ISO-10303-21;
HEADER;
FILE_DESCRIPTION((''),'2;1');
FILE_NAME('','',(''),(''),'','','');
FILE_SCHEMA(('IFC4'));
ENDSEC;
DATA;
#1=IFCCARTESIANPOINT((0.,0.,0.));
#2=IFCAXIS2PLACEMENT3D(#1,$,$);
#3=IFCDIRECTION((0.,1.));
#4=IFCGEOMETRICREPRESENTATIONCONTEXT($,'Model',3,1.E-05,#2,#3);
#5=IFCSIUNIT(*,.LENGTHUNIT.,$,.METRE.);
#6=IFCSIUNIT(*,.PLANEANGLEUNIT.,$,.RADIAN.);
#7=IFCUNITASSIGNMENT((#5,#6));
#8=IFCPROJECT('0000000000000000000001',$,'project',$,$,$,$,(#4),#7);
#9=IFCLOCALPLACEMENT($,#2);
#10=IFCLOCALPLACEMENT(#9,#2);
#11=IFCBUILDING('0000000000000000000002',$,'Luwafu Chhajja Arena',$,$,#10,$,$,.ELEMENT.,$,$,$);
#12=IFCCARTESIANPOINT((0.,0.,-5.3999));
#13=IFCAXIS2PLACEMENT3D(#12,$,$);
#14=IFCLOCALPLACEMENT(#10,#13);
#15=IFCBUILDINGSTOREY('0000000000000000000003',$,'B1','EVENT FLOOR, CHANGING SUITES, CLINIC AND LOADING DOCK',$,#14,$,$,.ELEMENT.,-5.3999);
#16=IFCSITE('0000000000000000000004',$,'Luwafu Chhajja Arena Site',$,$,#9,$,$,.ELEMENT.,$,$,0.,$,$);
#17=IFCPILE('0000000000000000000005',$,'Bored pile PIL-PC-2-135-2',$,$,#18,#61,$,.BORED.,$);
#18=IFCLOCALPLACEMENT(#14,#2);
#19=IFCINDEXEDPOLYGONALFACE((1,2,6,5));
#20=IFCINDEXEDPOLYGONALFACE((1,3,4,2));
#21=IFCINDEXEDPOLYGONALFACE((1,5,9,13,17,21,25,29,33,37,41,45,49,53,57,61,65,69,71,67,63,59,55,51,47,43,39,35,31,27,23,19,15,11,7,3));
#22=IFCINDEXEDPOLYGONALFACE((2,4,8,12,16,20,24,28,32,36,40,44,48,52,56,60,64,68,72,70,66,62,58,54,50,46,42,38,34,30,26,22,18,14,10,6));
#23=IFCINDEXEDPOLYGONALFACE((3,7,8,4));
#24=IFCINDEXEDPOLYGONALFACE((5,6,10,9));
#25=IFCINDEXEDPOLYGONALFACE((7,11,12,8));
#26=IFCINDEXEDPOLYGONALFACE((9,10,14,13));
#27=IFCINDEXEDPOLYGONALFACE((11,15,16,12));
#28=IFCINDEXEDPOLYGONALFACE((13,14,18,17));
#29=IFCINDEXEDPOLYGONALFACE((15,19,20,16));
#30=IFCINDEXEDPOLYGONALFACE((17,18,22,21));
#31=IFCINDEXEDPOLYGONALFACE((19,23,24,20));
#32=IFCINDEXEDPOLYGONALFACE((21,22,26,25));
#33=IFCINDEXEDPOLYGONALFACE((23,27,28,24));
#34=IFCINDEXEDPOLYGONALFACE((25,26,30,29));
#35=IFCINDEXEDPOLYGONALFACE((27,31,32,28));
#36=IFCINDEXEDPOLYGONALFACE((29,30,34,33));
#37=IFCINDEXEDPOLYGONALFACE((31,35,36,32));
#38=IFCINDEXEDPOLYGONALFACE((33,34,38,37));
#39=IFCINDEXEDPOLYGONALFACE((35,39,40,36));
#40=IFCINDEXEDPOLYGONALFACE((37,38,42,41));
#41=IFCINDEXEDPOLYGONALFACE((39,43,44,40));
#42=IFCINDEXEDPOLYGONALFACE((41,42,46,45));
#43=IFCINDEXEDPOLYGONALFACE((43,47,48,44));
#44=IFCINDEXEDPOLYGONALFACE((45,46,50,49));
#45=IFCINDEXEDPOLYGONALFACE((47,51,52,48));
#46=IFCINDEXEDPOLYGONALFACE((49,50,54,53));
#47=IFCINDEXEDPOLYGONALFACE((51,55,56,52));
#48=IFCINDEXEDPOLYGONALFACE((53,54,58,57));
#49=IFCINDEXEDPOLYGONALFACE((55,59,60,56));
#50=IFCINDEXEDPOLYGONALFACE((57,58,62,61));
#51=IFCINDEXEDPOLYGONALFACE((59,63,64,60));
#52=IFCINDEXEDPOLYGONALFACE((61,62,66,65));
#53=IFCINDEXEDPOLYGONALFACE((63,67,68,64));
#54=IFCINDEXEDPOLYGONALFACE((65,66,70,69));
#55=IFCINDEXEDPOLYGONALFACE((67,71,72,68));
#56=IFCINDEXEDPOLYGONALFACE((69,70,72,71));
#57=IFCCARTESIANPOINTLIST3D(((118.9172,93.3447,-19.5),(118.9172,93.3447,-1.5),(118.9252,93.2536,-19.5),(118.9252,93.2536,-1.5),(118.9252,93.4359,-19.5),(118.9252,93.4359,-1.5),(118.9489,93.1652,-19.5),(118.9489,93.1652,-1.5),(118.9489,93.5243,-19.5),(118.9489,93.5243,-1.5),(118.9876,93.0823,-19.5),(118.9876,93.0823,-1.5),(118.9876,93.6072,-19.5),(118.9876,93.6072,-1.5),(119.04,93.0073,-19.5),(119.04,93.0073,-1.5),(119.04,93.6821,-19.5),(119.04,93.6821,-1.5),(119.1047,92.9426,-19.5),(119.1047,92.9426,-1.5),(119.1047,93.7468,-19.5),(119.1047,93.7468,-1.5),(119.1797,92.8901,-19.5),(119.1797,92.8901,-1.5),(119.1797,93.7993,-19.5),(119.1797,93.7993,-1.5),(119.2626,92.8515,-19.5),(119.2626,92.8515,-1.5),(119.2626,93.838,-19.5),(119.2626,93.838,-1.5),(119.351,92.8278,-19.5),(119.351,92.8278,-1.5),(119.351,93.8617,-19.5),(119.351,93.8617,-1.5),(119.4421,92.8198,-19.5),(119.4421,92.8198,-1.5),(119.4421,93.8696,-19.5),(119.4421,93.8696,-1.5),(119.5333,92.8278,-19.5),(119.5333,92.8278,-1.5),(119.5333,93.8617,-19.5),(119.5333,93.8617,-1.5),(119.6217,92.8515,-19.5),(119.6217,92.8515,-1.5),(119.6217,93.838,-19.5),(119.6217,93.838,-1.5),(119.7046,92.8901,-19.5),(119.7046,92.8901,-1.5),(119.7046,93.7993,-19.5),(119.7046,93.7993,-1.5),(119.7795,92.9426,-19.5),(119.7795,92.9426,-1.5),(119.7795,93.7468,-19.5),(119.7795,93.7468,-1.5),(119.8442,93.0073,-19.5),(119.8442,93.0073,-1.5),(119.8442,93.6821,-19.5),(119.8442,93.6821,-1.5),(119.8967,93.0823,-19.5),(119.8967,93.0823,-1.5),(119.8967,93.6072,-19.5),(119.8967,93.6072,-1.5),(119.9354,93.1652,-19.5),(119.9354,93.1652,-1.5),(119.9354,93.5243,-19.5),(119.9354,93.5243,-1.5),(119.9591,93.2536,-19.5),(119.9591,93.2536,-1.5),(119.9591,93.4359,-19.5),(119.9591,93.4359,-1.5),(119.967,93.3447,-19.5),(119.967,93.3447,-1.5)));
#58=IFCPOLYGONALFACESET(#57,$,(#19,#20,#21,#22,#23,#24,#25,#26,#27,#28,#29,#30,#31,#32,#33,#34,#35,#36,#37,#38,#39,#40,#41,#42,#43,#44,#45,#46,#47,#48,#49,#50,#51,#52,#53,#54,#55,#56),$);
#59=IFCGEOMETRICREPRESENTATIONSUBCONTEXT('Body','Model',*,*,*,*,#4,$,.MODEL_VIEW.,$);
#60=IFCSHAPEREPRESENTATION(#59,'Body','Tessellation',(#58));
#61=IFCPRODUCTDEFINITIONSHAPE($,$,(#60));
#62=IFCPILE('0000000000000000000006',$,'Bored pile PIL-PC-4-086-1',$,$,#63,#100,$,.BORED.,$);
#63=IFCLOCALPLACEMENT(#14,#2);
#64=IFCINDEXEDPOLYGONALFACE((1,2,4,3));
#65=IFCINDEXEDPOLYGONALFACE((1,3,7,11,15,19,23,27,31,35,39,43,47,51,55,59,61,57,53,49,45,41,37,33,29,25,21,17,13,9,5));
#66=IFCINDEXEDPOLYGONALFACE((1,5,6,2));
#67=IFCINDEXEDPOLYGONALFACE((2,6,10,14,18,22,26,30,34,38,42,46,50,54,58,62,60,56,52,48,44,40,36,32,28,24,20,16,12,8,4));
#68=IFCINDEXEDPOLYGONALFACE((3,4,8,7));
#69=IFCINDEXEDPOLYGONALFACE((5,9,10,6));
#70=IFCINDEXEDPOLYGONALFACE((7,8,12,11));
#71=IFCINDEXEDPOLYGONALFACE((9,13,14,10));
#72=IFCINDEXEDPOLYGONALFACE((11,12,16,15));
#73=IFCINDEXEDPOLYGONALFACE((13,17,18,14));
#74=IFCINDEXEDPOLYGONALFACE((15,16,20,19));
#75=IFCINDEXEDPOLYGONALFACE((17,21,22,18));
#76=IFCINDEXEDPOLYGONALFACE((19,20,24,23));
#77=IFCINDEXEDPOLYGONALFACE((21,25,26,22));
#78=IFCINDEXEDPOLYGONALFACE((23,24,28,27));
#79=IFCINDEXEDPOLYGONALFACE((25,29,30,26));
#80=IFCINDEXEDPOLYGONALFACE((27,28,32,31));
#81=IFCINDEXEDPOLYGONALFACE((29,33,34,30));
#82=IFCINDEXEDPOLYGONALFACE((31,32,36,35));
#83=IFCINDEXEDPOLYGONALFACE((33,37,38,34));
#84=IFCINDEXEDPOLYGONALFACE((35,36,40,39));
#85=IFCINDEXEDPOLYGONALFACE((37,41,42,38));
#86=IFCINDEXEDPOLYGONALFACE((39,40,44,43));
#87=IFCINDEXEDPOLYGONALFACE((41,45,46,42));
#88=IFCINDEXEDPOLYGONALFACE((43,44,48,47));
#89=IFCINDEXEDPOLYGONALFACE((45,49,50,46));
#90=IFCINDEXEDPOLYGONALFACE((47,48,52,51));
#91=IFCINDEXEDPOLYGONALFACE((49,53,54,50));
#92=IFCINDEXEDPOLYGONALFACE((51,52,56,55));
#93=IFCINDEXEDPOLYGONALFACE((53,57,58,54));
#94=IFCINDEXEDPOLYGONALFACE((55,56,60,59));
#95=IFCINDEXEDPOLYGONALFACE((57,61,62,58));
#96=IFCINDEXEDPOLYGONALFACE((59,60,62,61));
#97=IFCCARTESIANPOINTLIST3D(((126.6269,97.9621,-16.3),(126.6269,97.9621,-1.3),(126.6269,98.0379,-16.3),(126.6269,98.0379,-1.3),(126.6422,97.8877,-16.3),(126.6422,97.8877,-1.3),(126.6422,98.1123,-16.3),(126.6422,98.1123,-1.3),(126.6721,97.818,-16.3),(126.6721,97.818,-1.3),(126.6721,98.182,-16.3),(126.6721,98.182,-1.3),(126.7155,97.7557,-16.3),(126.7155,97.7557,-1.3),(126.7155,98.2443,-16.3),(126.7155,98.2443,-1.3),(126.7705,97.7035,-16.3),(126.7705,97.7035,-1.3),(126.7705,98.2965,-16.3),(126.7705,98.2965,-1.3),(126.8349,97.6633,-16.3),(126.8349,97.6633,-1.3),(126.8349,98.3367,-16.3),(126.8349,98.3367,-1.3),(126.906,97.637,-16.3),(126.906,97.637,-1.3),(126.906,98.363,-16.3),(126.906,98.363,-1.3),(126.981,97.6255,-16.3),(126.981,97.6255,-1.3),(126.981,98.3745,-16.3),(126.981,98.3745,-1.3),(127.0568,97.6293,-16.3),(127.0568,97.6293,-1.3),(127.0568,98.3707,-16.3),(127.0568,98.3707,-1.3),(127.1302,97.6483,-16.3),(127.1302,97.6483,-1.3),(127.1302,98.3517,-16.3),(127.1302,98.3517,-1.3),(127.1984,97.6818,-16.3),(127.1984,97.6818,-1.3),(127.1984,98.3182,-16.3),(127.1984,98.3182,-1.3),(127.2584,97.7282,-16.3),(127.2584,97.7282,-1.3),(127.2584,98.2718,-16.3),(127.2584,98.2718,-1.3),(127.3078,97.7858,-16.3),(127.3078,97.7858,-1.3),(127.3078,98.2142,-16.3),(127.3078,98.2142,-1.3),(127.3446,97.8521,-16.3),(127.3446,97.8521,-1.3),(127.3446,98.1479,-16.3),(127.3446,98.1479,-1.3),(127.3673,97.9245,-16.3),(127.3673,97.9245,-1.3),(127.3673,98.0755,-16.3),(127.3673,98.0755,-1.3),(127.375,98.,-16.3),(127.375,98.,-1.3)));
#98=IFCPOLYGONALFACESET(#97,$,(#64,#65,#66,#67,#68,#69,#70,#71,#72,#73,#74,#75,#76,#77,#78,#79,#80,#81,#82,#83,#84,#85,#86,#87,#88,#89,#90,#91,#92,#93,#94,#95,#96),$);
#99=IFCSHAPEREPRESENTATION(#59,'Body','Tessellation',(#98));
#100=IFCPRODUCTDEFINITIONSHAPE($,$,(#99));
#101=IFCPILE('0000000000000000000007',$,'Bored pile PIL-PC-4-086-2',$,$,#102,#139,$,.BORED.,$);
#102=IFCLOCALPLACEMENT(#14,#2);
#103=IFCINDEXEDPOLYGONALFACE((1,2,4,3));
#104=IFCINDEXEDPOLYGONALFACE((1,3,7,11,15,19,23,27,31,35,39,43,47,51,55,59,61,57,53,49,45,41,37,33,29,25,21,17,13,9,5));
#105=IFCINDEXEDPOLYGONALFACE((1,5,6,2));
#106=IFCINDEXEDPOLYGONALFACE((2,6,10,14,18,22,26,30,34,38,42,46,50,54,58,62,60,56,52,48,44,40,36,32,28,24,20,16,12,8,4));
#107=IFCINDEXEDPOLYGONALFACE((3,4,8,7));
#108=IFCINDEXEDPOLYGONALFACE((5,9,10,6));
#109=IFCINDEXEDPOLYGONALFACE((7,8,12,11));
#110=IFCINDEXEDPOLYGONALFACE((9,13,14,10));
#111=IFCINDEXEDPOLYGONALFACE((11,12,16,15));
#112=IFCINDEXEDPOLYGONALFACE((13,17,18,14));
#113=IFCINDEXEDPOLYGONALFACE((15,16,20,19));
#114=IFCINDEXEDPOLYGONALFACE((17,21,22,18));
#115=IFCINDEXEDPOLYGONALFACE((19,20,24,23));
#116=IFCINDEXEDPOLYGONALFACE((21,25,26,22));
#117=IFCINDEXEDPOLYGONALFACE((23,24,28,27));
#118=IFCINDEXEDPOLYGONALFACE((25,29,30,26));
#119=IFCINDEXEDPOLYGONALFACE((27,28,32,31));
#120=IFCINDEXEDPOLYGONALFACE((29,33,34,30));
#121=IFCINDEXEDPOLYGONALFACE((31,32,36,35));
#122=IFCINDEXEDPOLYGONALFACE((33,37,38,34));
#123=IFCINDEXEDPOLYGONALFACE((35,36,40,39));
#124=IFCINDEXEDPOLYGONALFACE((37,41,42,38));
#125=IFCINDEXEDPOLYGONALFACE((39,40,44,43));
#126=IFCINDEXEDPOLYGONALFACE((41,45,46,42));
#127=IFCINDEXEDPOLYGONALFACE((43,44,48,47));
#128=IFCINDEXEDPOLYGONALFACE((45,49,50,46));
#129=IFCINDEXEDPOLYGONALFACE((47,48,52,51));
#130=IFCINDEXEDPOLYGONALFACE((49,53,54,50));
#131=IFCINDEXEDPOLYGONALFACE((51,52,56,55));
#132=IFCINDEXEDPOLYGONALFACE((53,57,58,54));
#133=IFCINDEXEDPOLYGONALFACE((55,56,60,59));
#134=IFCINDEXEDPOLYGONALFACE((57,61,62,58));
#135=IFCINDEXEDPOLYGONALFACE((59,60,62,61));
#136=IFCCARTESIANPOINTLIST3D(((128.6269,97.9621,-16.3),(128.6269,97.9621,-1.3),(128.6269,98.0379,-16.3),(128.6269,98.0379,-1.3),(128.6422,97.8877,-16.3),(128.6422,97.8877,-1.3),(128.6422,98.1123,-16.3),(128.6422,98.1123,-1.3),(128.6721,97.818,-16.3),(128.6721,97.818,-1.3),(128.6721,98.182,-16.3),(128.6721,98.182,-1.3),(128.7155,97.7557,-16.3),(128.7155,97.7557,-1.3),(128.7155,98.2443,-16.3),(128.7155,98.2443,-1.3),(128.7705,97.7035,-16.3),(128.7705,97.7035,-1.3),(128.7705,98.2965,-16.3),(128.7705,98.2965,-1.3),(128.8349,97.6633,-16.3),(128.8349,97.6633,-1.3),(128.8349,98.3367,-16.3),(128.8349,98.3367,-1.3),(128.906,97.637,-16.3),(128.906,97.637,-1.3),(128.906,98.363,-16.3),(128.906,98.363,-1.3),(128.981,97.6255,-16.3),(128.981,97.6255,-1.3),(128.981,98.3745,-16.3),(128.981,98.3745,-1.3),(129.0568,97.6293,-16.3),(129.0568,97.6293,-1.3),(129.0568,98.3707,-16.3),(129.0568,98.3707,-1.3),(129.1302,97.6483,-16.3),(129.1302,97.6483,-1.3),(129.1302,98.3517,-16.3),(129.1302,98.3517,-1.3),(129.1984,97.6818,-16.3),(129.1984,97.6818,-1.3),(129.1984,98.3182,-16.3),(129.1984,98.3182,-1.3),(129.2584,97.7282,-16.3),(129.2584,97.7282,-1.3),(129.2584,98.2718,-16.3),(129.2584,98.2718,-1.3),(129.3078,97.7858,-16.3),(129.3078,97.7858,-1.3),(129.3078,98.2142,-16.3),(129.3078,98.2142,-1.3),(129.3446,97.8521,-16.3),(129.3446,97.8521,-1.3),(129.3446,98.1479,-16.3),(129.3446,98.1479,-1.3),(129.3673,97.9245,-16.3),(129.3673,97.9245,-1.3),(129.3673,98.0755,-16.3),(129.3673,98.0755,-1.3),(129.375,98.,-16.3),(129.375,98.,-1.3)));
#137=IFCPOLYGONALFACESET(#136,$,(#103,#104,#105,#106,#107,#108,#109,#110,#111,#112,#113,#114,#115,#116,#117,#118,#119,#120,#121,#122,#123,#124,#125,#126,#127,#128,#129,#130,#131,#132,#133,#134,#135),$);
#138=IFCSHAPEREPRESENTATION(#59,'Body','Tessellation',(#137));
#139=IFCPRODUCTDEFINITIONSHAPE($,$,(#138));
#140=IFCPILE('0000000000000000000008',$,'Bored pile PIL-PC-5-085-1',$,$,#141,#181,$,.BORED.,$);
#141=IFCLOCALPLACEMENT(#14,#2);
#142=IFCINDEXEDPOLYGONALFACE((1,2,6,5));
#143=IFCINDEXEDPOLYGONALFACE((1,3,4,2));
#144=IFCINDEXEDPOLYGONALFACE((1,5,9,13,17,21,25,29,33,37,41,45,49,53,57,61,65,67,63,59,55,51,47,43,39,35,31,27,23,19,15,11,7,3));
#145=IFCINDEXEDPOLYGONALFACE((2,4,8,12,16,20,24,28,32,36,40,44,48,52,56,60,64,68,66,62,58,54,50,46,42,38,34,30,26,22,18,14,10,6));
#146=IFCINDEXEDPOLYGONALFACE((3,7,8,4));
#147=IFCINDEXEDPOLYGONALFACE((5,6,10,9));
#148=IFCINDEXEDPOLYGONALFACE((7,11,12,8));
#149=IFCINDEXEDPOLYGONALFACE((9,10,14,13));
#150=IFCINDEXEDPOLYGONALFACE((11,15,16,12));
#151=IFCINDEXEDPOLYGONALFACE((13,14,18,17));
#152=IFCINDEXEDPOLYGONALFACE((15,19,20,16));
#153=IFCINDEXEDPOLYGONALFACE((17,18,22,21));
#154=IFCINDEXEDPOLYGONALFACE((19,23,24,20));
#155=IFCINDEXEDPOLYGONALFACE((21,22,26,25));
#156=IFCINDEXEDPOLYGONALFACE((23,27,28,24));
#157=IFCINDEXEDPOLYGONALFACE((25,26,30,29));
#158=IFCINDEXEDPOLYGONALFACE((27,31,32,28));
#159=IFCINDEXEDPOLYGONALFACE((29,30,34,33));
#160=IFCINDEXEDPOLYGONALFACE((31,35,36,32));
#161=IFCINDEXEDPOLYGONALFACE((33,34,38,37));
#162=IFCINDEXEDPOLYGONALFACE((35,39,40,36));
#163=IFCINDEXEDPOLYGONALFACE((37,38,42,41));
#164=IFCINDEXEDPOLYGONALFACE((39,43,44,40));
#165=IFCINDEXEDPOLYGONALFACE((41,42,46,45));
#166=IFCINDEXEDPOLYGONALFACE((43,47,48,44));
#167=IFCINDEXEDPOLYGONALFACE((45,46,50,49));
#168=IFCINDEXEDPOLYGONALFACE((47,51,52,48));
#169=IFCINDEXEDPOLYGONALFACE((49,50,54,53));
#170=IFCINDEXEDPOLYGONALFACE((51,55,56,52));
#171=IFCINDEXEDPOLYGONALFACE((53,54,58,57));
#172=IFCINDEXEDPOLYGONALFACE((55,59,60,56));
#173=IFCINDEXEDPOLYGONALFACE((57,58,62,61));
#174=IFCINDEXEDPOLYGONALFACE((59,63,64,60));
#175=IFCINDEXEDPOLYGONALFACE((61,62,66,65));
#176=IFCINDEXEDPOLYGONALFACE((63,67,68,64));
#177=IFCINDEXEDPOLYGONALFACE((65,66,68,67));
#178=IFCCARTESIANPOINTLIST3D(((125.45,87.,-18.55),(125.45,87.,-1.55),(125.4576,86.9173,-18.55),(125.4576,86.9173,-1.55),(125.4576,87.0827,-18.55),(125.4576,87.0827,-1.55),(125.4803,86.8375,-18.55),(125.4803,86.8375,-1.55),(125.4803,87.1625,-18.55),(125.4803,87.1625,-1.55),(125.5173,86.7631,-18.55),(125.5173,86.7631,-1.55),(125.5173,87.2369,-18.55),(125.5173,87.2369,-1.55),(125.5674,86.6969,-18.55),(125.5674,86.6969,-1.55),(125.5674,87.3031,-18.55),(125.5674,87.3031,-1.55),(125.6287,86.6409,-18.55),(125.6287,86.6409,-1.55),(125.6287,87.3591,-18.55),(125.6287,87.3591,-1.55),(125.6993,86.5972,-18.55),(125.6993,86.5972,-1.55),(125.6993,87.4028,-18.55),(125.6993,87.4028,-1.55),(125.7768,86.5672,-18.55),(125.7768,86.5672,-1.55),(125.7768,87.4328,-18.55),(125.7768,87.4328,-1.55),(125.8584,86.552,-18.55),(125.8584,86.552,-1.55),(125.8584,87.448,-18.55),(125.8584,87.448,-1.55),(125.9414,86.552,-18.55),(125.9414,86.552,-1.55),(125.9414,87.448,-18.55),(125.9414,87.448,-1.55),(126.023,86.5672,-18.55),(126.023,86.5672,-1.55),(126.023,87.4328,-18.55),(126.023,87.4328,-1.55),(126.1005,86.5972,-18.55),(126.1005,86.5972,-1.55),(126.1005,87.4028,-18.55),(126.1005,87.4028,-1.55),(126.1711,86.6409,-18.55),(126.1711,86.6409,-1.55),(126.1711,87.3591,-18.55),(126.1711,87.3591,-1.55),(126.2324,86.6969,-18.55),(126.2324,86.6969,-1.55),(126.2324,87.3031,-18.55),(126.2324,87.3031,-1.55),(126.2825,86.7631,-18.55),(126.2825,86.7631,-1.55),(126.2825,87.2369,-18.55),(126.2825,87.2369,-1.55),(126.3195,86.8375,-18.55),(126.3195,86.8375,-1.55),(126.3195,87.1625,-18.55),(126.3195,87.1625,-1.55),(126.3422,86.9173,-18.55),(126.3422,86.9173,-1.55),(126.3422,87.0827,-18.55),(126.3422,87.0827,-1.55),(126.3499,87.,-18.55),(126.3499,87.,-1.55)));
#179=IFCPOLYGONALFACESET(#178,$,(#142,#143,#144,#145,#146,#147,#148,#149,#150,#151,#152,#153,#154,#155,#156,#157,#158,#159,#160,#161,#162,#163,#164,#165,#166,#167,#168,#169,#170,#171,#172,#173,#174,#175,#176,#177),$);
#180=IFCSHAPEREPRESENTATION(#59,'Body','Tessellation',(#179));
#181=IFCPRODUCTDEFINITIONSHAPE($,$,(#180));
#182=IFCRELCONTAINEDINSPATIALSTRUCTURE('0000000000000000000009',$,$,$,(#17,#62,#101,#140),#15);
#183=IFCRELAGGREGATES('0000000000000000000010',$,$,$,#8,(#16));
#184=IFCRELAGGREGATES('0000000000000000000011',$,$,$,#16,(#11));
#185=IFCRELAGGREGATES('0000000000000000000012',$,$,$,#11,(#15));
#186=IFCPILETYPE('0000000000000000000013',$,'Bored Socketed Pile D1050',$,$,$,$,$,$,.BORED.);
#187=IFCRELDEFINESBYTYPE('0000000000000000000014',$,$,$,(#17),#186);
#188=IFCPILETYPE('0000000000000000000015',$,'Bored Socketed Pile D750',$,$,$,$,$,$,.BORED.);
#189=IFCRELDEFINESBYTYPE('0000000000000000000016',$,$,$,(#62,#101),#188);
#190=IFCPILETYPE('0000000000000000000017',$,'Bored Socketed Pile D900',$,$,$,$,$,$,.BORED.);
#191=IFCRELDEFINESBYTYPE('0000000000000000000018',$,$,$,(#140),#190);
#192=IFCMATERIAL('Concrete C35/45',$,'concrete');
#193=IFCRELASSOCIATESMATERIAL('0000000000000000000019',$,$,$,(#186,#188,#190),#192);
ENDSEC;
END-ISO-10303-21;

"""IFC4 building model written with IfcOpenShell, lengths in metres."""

from ifc_helpers import new_model, si_unit, direction, frame, origin, origin_2d, place, context, subcontext, project, spatial, circle, extrude, material, material_profile, profile_set, type_object, element, save


model = new_model("IFC4")

# Units and contexts
model_context = context("Model", 3, precision=1e-05, world=origin(), true_north=direction((0.0, 1.0)))
body_context = subcontext(model_context, "Body", "Model", "MODEL_VIEW")
ifc_project = project(units=[si_unit("LENGTHUNIT", "METRE"), si_unit("PLANEANGLEUNIT", "RADIAN")], contexts=[model_context])

# Site, building, storey
site_placement = place(None, origin())
site = spatial("IfcSite", under=ifc_project, at=site_placement, Name="Luwafu Chhajja Arena Site", CompositionType="ELEMENT", RefElevation=0.0)
building_placement = place(site_placement, origin())
building = spatial("IfcBuilding", under=site, at=building_placement, Name="Luwafu Chhajja Arena", CompositionType="ELEMENT")
storey_placement = place(building_placement, frame((0.0, 0.0, -5.3999)))
storey = spatial("IfcBuildingStorey", under=building, at=storey_placement, Name="B1", Description="EVENT FLOOR, CHANGING SUITES, CLINIC AND LOADING DOCK", CompositionType="ELEMENT", Elevation=-5.3999)

# Piles
ifc_material_1 = material(Name="Concrete C35/45", Category="concrete")
ifc_material_profile_1 = material_profile(ifc_material_1, circle(Radius=0.5249, at=origin_2d()), Name="PILE D1050")
ifc_profile_set_1 = profile_set([ifc_material_profile_1], Name="Concrete C35/45")
pile_type_1 = type_object("IfcPileType", Name="Bored Socketed Pile D1050", PredefinedType="BORED", material=ifc_profile_set_1)
for number, where, z_axis, x_axis, name in (
    (1, (119.4421, 93.3447, -1.5), (0.0, 0.0, -1.0), (1.0, 0.0, 0.0), "Bored pile PIL-PC-2-135-2"),
):
    element("IfcPile", number, at=place(storey_placement, frame(where, z_axis=z_axis, x_axis=x_axis)), inside=storey, type_object=pile_type_1, Name=name, PredefinedType="BORED", context=body_context, shape_type="SweptSolid", body=[
        extrude(circle(Radius=0.5249, at=origin_2d()), origin(), (0.0, 0.0, 1.0), 18.0),
    ])
ifc_material_profile_2 = material_profile(ifc_material_1, circle(Radius=0.375, at=origin_2d()), Name="PILE D750")
ifc_profile_set_2 = profile_set([ifc_material_profile_2], Name="Concrete C35/45")
pile_type_2 = type_object("IfcPileType", Name="Bored Socketed Pile D750", PredefinedType="BORED", material=ifc_profile_set_2)
for number, where, z_axis, x_axis, name in (
    (2, (127.0, 98.0, -1.3), (0.0, 0.0, -1.0), (1.0, 0.0, 0.0), "Bored pile PIL-PC-4-086-1"),
    (3, (129.0, 98.0, -1.3), (0.0, 0.0, -1.0), (1.0, 0.0, 0.0), "Bored pile PIL-PC-4-086-2"),
):
    element("IfcPile", number, at=place(storey_placement, frame(where, z_axis=z_axis, x_axis=x_axis)), inside=storey, type_object=pile_type_2, Name=name, PredefinedType="BORED", context=body_context, shape_type="SweptSolid", body=[
        extrude(circle(Radius=0.375, at=origin_2d()), origin(), (0.0, 0.0, 1.0), 15.0),
    ])
ifc_material_profile_3 = material_profile(ifc_material_1, circle(Radius=0.45, at=origin_2d()), Name="PILE D900")
ifc_profile_set_3 = profile_set([ifc_material_profile_3], Name="Concrete C35/45")
pile_type_3 = type_object("IfcPileType", Name="Bored Socketed Pile D900", PredefinedType="BORED", material=ifc_profile_set_3)
for number, where, z_axis, x_axis, name in (
    (4, (125.8999, 87.0, -1.55), (0.0, 0.0, -1.0), (1.0, 0.0, 0.0), "Bored pile PIL-PC-5-085-1"),
):
    element("IfcPile", number, at=place(storey_placement, frame(where, z_axis=z_axis, x_axis=x_axis)), inside=storey, type_object=pile_type_3, Name=name, PredefinedType="BORED", context=body_context, shape_type="SweptSolid", body=[
        extrude(circle(Radius=0.45, at=origin_2d()), origin(), (0.0, 0.0, 1.0), 17.0),
    ])

save(model, "model.ifc")
